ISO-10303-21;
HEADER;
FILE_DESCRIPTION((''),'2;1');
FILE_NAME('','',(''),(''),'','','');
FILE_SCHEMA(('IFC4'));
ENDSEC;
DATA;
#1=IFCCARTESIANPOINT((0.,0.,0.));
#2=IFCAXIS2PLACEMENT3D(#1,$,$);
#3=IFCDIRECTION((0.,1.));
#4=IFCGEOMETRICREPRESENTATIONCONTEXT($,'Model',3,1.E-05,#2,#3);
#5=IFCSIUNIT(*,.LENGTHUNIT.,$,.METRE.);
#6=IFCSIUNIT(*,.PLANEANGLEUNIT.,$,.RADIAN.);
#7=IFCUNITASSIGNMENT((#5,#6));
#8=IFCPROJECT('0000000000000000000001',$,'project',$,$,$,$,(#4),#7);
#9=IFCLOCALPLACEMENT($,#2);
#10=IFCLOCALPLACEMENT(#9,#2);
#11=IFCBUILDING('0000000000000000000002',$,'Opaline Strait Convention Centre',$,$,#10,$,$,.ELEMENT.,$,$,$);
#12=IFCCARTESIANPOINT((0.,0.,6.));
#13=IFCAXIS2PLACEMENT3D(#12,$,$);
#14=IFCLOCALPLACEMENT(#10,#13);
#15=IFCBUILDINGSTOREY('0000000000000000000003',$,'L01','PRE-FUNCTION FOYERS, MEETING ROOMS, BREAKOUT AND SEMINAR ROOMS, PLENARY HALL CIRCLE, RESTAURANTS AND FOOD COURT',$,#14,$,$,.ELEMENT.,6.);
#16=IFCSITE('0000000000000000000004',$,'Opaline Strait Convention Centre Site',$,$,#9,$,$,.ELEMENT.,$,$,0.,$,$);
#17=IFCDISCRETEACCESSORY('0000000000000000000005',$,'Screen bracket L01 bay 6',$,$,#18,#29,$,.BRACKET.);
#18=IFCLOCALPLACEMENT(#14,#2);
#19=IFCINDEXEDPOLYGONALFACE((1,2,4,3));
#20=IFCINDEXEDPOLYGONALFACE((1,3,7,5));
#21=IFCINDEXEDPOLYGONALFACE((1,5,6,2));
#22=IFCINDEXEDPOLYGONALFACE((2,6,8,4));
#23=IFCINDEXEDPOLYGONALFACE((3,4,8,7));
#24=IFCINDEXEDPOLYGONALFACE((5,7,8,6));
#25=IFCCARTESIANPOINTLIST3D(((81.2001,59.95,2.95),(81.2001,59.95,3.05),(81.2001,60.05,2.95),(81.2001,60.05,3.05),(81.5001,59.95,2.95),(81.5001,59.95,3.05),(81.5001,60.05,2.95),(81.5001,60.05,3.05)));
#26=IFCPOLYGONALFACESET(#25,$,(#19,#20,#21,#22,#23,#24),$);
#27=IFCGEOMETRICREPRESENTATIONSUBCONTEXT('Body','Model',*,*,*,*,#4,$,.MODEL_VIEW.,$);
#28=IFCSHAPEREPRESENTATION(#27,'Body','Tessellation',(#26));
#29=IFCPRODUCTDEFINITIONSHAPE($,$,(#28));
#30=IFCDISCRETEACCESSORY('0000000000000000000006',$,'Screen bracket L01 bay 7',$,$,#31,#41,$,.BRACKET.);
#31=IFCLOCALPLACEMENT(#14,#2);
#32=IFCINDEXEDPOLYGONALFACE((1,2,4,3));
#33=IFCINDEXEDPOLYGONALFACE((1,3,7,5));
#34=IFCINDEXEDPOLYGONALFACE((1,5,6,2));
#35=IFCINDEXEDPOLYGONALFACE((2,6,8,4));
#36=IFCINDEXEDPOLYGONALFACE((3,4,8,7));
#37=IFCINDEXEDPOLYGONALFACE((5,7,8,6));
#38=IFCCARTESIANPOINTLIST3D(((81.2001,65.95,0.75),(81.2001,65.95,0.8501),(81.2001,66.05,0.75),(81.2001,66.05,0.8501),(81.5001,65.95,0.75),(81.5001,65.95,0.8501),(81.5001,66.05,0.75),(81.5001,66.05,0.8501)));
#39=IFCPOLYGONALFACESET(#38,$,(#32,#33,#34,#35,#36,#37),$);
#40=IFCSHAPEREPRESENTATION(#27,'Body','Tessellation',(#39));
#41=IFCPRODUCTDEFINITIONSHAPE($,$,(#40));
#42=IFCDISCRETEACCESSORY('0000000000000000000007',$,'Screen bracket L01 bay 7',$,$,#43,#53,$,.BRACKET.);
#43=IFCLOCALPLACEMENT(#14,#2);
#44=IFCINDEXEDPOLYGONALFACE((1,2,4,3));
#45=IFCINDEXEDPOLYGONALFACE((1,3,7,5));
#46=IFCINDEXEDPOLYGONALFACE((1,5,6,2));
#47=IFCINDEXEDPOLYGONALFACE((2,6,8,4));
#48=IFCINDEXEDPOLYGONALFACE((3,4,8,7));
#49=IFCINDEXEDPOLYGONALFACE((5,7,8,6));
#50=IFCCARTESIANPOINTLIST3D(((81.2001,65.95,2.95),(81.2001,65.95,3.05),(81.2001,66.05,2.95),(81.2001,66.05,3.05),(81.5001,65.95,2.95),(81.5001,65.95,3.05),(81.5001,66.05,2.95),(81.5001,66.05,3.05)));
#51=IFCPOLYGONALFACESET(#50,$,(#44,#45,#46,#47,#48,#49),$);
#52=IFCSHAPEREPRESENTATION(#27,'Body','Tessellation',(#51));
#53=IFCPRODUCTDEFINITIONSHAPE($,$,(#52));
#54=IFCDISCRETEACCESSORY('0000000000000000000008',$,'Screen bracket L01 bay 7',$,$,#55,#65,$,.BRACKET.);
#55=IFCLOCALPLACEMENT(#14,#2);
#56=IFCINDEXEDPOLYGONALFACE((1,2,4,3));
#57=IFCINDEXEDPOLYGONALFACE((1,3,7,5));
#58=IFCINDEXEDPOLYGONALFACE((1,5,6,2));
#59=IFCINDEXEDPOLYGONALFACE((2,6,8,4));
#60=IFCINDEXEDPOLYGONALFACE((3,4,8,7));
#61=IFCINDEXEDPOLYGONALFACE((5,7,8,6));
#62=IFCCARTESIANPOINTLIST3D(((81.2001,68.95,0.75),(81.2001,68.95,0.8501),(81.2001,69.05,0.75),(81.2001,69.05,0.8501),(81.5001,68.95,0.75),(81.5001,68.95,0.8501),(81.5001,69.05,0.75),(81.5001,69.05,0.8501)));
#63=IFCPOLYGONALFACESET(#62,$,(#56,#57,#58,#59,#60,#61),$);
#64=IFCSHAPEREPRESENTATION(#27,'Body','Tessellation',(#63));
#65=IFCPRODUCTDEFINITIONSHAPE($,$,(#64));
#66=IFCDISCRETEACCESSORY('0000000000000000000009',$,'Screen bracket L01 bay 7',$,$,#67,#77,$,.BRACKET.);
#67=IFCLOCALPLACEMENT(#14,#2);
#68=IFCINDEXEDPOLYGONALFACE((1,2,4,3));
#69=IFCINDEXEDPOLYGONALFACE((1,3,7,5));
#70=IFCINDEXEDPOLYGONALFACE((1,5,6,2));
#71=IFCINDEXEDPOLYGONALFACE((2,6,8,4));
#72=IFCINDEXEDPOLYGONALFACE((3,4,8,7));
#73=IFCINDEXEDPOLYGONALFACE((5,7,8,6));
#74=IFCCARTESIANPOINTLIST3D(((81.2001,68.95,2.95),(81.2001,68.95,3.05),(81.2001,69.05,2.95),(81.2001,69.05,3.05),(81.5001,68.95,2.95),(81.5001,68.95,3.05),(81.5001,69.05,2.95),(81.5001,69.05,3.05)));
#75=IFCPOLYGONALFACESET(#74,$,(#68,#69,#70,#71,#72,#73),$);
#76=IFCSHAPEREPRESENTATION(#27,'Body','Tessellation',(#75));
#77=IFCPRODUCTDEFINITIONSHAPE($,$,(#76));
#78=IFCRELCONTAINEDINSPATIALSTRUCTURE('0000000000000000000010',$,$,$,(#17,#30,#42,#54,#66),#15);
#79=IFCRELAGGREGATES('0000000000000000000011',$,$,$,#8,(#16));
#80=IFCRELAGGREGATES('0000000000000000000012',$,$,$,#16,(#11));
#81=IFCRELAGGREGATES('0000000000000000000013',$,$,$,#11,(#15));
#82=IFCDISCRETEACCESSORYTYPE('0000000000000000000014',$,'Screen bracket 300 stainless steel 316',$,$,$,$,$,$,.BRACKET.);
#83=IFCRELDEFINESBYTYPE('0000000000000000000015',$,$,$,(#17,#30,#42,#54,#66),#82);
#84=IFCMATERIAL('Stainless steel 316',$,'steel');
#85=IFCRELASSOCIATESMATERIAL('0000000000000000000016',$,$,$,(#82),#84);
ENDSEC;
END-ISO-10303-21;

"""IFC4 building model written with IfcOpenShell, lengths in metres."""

from ifc_helpers import new_model, si_unit, direction, frame, origin, origin_2d, place, context, subcontext, project, spatial, rectangle, extrude, material, type_object, element, save


model = new_model("IFC4")

# Units and contexts
model_context = context("Model", 3, precision=1e-05, world=origin(), true_north=direction((0.0, 1.0)))
body_context = subcontext(model_context, "Body", "Model", "MODEL_VIEW")
ifc_project = project(units=[si_unit("LENGTHUNIT", "METRE"), si_unit("PLANEANGLEUNIT", "RADIAN")], contexts=[model_context])

# Site, building, storey
site_placement = place(None, origin())
site = spatial("IfcSite", under=ifc_project, at=site_placement, Name="Opaline Strait Convention Centre Site", CompositionType="ELEMENT", RefElevation=0.0)
building_placement = place(site_placement, origin())
building = spatial("IfcBuilding", under=site, at=building_placement, Name="Opaline Strait Convention Centre", CompositionType="ELEMENT")
storey_placement = place(building_placement, frame((0.0, 0.0, 6.0)))
storey = spatial("IfcBuildingStorey", under=building, at=storey_placement, Name="L01", Description="PRE-FUNCTION FOYERS, MEETING ROOMS, BREAKOUT AND SEMINAR ROOMS, PLENARY HALL CIRCLE, RESTAURANTS AND FOOD COURT", CompositionType="ELEMENT", Elevation=6.0)

# Discrete accessories
ifc_material_1 = material(Name="Stainless steel 316", Category="steel")
discrete_accessory_type = type_object("IfcDiscreteAccessoryType", Name="Screen bracket 300 stainless steel 316", PredefinedType="BRACKET", material=ifc_material_1)
for number, where, z_axis, x_axis, name in (
    (1, (81.3501, 60.0, 2.95), (0.0, 0.0, 1.0), (1.0, 0.0, 0.0), "Screen bracket L01 bay 6"),
    (2, (81.3501, 66.0, 0.75), (0.0, 0.0, 1.0), (1.0, 0.0, 0.0), "Screen bracket L01 bay 7"),
    (3, (81.3501, 66.0, 2.95), (0.0, 0.0, 1.0), (1.0, 0.0, 0.0), "Screen bracket L01 bay 7"),
    (4, (81.3501, 69.0, 0.75), (0.0, 0.0, 1.0), (1.0, 0.0, 0.0), "Screen bracket L01 bay 7"),
    (5, (81.3501, 69.0, 2.95), (0.0, 0.0, 1.0), (1.0, 0.0, 0.0), "Screen bracket L01 bay 7"),
):
    element("IfcDiscreteAccessory", number, at=place(storey_placement, frame(where, z_axis=z_axis, x_axis=x_axis)), inside=storey, type_object=discrete_accessory_type, Name=name, PredefinedType="BRACKET", context=body_context, shape_type="SweptSolid", body=[
        extrude(rectangle(XDim=0.3, YDim=0.1001, at=origin_2d()), origin(), (0.0, 0.0, 1.0), 0.1001),
    ])

save(model, "model.ifc")
